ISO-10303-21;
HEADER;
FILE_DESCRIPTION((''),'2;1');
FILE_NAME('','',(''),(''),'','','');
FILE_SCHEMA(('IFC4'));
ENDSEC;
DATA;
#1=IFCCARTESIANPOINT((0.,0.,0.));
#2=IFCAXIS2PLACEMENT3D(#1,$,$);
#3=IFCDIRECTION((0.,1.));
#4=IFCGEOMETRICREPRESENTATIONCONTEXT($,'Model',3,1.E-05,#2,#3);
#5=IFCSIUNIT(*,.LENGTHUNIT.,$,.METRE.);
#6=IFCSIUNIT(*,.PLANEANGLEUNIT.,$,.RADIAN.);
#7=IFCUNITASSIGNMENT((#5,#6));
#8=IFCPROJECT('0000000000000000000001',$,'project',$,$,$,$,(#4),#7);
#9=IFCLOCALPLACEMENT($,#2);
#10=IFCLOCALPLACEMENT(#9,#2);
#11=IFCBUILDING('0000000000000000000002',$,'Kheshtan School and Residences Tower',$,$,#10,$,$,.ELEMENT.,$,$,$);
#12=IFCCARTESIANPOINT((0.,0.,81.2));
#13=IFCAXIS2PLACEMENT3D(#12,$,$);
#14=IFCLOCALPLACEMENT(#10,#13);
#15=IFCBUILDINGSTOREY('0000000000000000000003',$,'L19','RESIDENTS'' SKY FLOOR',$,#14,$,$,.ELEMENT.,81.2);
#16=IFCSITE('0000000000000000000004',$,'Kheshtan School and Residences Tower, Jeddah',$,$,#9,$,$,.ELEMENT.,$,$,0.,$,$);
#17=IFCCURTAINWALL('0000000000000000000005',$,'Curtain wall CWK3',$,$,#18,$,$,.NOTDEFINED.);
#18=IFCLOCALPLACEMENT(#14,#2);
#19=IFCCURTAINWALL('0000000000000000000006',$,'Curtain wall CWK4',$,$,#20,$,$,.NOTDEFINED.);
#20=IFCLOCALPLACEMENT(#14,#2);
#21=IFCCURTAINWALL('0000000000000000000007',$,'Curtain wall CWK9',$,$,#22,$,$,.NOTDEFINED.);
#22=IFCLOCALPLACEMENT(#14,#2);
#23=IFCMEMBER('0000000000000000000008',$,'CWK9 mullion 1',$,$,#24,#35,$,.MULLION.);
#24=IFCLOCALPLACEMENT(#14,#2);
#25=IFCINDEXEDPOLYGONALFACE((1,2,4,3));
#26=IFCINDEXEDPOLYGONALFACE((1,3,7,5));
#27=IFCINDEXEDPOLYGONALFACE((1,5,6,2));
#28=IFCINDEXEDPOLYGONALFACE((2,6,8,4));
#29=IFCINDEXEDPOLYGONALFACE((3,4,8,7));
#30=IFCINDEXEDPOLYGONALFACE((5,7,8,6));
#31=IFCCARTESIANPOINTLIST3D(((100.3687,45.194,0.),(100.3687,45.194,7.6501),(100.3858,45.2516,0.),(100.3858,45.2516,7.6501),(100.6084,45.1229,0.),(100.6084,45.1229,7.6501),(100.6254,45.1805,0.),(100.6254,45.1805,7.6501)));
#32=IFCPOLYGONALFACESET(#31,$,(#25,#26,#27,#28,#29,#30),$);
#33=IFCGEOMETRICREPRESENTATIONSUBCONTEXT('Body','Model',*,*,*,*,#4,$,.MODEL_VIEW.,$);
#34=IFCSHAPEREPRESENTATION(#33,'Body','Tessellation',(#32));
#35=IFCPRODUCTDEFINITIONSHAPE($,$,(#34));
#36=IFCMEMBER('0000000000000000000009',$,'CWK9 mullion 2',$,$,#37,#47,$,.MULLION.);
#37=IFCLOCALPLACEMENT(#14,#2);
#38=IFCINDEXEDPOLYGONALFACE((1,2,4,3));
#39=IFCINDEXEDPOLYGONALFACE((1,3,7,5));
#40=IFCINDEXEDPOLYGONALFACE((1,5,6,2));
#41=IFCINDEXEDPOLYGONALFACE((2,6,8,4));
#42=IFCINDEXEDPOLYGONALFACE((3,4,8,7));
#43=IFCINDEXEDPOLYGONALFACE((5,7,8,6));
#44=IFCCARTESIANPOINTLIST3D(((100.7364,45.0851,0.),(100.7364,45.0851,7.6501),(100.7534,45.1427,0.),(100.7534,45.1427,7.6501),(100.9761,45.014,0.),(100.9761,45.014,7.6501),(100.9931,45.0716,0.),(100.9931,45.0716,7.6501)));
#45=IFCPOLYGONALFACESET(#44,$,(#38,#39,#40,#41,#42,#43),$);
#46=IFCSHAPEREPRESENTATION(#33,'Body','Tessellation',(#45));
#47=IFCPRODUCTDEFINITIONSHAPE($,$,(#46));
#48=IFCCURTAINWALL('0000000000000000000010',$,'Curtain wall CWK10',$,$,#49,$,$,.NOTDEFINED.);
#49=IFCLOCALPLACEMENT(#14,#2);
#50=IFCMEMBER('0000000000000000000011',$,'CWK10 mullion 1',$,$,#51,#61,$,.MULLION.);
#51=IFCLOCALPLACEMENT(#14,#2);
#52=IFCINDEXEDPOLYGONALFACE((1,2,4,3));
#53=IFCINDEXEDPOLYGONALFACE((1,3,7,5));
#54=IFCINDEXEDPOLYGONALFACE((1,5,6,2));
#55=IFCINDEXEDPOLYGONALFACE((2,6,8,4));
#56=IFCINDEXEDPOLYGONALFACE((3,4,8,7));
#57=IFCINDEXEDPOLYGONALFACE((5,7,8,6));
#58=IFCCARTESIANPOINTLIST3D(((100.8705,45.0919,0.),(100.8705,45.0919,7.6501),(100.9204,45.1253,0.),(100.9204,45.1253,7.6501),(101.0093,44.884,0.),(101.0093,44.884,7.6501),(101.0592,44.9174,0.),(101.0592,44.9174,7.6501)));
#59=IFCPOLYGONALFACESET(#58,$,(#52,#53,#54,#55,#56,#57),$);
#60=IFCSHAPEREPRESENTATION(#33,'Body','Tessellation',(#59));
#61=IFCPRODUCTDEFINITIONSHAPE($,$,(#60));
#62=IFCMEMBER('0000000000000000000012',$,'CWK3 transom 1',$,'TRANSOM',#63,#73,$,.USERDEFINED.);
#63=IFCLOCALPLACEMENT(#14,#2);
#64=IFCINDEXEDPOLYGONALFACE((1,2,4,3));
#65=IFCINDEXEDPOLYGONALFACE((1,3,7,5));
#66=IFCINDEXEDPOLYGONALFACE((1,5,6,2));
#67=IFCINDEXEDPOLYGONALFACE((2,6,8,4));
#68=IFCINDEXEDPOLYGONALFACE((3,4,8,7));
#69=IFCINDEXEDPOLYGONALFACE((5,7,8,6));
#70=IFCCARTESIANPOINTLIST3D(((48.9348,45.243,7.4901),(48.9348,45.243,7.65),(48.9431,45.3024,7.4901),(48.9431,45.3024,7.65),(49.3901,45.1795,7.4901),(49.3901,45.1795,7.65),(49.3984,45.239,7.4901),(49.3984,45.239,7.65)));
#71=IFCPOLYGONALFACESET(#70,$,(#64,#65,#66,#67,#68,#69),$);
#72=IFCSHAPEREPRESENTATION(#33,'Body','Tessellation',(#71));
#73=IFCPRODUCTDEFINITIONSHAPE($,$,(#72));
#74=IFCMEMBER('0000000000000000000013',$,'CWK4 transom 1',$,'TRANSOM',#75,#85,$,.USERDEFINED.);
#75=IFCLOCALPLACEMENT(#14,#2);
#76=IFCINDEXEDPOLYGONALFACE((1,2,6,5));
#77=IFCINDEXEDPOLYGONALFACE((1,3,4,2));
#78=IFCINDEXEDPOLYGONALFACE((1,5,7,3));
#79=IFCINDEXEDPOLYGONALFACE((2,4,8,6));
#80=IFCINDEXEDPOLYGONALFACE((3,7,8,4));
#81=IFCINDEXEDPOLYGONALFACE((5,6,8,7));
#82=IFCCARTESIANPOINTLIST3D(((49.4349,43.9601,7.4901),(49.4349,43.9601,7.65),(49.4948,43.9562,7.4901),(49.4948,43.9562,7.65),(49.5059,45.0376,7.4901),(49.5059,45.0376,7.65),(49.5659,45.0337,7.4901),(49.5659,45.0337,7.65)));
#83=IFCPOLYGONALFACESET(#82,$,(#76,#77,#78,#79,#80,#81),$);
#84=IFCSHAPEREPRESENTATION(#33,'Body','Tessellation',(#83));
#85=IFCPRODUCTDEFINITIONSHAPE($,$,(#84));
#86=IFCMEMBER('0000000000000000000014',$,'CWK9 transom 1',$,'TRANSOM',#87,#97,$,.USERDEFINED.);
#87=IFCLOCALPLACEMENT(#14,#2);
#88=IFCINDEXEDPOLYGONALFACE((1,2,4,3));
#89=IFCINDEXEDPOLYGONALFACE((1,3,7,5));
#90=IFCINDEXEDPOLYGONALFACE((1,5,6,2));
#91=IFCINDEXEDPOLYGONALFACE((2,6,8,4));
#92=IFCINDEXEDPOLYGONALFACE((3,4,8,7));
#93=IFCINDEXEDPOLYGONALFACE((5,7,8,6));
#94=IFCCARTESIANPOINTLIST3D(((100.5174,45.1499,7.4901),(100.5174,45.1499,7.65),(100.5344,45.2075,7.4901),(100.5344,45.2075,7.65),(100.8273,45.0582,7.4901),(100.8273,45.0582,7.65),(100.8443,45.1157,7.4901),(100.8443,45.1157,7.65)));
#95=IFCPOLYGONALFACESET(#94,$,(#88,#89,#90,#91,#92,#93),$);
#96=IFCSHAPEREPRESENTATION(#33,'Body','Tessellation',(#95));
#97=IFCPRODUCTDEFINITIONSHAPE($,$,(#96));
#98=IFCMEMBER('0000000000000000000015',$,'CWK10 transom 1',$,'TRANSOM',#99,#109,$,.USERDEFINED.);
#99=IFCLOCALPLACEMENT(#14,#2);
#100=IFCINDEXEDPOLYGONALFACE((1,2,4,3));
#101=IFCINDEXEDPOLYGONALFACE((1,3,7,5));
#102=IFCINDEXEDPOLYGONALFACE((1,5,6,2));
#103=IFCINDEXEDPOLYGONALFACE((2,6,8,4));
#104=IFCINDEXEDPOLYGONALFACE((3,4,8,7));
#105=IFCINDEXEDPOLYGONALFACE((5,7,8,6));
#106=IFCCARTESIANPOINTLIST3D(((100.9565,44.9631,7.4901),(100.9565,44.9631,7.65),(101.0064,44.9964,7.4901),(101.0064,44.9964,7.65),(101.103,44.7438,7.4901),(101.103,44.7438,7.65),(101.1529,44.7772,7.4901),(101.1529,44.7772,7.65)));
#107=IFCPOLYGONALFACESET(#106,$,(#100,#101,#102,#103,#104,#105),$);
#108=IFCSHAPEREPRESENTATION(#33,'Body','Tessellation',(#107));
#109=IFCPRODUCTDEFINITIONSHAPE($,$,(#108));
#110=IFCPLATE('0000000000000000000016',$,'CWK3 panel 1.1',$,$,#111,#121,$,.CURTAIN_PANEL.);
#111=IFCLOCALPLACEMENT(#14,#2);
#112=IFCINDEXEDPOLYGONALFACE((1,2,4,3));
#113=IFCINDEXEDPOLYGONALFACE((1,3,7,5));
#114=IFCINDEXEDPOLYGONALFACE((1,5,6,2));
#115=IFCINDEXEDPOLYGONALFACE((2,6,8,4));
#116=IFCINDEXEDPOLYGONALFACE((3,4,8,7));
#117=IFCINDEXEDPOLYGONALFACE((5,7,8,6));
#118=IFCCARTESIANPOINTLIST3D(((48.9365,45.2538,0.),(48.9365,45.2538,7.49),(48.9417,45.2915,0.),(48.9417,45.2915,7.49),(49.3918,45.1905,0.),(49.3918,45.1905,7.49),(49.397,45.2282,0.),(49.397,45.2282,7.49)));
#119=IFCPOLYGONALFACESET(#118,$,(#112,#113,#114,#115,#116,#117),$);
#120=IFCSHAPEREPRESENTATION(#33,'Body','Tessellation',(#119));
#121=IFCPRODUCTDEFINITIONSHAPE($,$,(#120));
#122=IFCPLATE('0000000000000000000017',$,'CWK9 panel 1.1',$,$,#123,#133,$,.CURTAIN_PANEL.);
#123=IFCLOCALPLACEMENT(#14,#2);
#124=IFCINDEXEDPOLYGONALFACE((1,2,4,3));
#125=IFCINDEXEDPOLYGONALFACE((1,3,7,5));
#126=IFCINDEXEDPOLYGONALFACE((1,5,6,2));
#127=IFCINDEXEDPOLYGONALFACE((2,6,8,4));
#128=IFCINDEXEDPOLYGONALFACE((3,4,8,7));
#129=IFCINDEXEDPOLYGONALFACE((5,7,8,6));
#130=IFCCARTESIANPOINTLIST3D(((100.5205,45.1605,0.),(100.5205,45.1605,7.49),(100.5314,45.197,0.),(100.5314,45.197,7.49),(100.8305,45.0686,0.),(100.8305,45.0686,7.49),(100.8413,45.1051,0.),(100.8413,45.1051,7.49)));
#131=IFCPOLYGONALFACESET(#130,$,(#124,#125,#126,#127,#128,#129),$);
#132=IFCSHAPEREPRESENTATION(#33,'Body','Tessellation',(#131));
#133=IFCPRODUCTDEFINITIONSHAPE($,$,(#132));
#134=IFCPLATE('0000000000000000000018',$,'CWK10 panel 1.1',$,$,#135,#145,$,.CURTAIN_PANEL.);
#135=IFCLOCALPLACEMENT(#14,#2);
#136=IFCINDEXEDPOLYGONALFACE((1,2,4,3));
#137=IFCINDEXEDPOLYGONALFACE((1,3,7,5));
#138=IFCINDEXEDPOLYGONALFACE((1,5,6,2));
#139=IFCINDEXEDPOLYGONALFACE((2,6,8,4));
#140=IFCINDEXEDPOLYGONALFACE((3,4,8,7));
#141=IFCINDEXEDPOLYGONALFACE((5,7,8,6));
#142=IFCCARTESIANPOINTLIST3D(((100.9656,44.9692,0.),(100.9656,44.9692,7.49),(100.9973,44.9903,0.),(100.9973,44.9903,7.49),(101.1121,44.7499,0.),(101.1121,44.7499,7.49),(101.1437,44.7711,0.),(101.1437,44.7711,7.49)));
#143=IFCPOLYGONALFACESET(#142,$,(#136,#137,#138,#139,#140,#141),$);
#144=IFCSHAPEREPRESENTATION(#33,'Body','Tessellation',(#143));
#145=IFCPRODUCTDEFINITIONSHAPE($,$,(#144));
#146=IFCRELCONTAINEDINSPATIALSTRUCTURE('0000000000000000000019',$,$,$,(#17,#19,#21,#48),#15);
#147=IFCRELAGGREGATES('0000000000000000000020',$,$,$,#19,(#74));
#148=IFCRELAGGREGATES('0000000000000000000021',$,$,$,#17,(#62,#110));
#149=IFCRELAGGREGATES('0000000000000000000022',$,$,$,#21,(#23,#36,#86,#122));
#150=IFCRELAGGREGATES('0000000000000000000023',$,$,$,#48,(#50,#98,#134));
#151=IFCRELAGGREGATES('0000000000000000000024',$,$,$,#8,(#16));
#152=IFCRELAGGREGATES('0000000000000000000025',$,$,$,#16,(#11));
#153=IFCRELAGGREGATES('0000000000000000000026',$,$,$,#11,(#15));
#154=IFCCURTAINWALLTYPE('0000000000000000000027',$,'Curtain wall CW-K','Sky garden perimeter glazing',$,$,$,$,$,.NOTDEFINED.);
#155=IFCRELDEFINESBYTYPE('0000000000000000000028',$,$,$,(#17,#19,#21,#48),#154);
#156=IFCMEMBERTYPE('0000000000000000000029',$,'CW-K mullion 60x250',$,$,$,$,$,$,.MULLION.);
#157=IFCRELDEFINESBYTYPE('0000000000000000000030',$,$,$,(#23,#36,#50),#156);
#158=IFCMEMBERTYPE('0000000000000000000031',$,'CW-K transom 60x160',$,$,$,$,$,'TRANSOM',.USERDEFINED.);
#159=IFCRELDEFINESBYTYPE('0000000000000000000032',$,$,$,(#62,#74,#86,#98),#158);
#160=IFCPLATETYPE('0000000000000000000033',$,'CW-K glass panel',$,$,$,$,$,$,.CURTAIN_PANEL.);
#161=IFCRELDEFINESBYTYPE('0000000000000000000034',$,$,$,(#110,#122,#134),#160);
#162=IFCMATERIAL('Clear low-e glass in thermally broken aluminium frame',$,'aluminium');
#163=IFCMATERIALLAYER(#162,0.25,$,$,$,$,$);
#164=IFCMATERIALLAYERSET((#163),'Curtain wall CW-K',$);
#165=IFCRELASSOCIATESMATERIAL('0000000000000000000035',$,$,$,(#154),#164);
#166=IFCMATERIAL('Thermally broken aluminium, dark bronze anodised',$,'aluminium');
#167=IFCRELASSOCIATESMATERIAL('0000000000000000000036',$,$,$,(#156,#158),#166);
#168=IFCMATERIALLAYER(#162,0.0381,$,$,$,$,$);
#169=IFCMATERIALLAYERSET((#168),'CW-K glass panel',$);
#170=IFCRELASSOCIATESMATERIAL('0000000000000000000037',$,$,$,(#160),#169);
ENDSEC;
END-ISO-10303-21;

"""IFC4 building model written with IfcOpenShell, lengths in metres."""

from ifc_helpers import new_model, si_unit, direction, frame, origin, origin_2d, place, context, subcontext, project, spatial, rectangle, extrude, material, layer, layer_set, material_profile, profile_set, type_object, element, aggregate, save


model = new_model("IFC4")

# Units and contexts
model_context = context("Model", 3, precision=1e-05, world=origin(), true_north=direction((0.0, 1.0)))
body_context = subcontext(model_context, "Body", "Model", "MODEL_VIEW")
ifc_project = project(units=[si_unit("LENGTHUNIT", "METRE"), si_unit("PLANEANGLEUNIT", "RADIAN")], contexts=[model_context])

# Site, building, storey
site_placement = place(None, origin())
site = spatial("IfcSite", under=ifc_project, at=site_placement, Name="Kheshtan School and Residences Tower, Jeddah", CompositionType="ELEMENT", RefElevation=0.0)
building_placement = place(site_placement, origin())
building = spatial("IfcBuilding", under=site, at=building_placement, Name="Kheshtan School and Residences Tower", CompositionType="ELEMENT")
storey_placement = place(building_placement, frame((0.0, 0.0, 81.2)))
storey = spatial("IfcBuildingStorey", under=building, at=storey_placement, Name="L19", Description="RESIDENTS' SKY FLOOR", CompositionType="ELEMENT", Elevation=81.2)

# Curtain walls
ifc_material_1 = material(Name="Clear low-e glass in thermally broken aluminium frame", Category="aluminium")
ifc_layer_1 = layer(ifc_material_1, 0.25)
ifc_layer_set_1 = layer_set([ifc_layer_1], Name="Curtain wall CW-K")
curtain_wall_type = type_object("IfcCurtainWallType", Name="Curtain wall CW-K", Description="Sky garden perimeter glazing", PredefinedType="NOTDEFINED", material=ifc_layer_set_1)
ifc_material_2 = material(Name="Thermally broken aluminium, dark bronze anodised", Category="aluminium")
ifc_material_profile_1 = material_profile(ifc_material_2, rectangle(XDim=0.0601, YDim=0.25, at=origin_2d()), Name="CW-K mullion 60x250")
ifc_profile_set_1 = profile_set([ifc_material_profile_1], Name="Thermally broken aluminium, dark bronze anodised")
member_type_1 = type_object("IfcMemberType", Name="CW-K mullion 60x250", PredefinedType="MULLION", material=ifc_profile_set_1)
curtain_wall_1_placement = place(storey_placement, origin())
curtain_wall_1 = element("IfcCurtainWall", 1, at=curtain_wall_1_placement, inside=storey, type_object=curtain_wall_type, Name="Curtain wall CWK3", PredefinedType="NOTDEFINED")
curtain_wall_2_placement = place(storey_placement, origin())
curtain_wall_2 = element("IfcCurtainWall", 2, at=curtain_wall_2_placement, inside=storey, type_object=curtain_wall_type, Name="Curtain wall CWK4", PredefinedType="NOTDEFINED")

# Curtain wall, members
curtain_wall_3_placement = place(storey_placement, origin())
curtain_wall_3 = element("IfcCurtainWall", 3, at=curtain_wall_3_placement, inside=storey, type_object=curtain_wall_type, Name="Curtain wall CWK9", PredefinedType="NOTDEFINED")
member_1_placement = place(storey_placement, frame((100.4971, 45.1873, 0.0), z_axis=(0.0, 0.0, 1.0), x_axis=(0.284242, 0.958753, 0.0)))
member_1 = element("IfcMember", 4, at=member_1_placement, type_object=member_type_1, Name="CWK9 mullion 1", PredefinedType="MULLION", context=body_context, shape_type="SweptSolid", body=[
    extrude(rectangle(XDim=0.0601, YDim=0.25, at=origin_2d()), origin(), (0.0, 0.0, 1.0), 7.6501),
])
member_2_placement = place(storey_placement, frame((100.8647, 45.0784, 0.0), z_axis=(0.0, 0.0, 1.0), x_axis=(0.284242, 0.958753, 0.0)))
member_2 = element("IfcMember", 5, at=member_2_placement, type_object=member_type_1, Name="CWK9 mullion 2", PredefinedType="MULLION", context=body_context, shape_type="SweptSolid", body=[
    extrude(rectangle(XDim=0.0601, YDim=0.25, at=origin_2d()), origin(), (0.0, 0.0, 1.0), 7.6501),
])

# Curtain wall, member
curtain_wall_4_placement = place(storey_placement, origin())
curtain_wall_4 = element("IfcCurtainWall", 6, at=curtain_wall_4_placement, inside=storey, type_object=curtain_wall_type, Name="Curtain wall CWK10", PredefinedType="NOTDEFINED")
member_3_placement = place(storey_placement, frame((100.9648, 45.0046, 0.0), z_axis=(0.0, 0.0, 1.0), x_axis=(0.831649, 0.555302, 0.0)))
member_3 = element("IfcMember", 7, at=member_3_placement, type_object=member_type_1, Name="CWK10 mullion 1", PredefinedType="MULLION", context=body_context, shape_type="SweptSolid", body=[
    extrude(rectangle(XDim=0.0601, YDim=0.25, at=origin_2d()), origin(), (0.0, 0.0, 1.0), 7.6501),
])

# Members
ifc_material_profile_2 = material_profile(ifc_material_2, rectangle(XDim=0.0601, YDim=0.1599, at=origin_2d()), Name="CW-K transom 60x160")
ifc_profile_set_2 = profile_set([ifc_material_profile_2], Name="Thermally broken aluminium, dark bronze anodised")
member_type_2 = type_object("IfcMemberType", Name="CW-K transom 60x160", ElementType="TRANSOM", PredefinedType="USERDEFINED", material=ifc_profile_set_2)
member_4_placement = place(storey_placement, frame((48.939, 45.2727, 7.5701), z_axis=(0.990422, -0.138075, 0.0), x_axis=(0.138075, 0.990422, 0.0)))
member_4 = element("IfcMember", 8, at=member_4_placement, type_object=member_type_2, Name="CWK3 transom 1", ObjectType="TRANSOM", PredefinedType="USERDEFINED", context=body_context, shape_type="SweptSolid", body=[
    extrude(rectangle(XDim=0.0601, YDim=0.1599, at=origin_2d()), origin(), (0.0, 0.0, 1.0), 0.4597),
])
member_5_placement = place(storey_placement, frame((49.5359, 45.0356, 7.5701), z_axis=(-0.065799, -0.997833, 0.0), x_axis=(0.997833, -0.065799, 0.0)))
member_5 = element("IfcMember", 9, at=member_5_placement, type_object=member_type_2, Name="CWK4 transom 1", ObjectType="TRANSOM", PredefinedType="USERDEFINED", context=body_context, shape_type="SweptSolid", body=[
    extrude(rectangle(XDim=0.0601, YDim=0.1599, at=origin_2d()), origin(), (0.0, 0.0, 1.0), 1.0798),
])
aggregate(curtain_wall_2, [member_5])
member_6_placement = place(storey_placement, frame((100.5259, 45.1787, 7.5701), z_axis=(0.958859, -0.283883, 0.0), x_axis=(0.283883, 0.958859, 0.0)))
member_6 = element("IfcMember", 10, at=member_6_placement, type_object=member_type_2, Name="CWK9 transom 1", ObjectType="TRANSOM", PredefinedType="USERDEFINED", context=body_context, shape_type="SweptSolid", body=[
    extrude(rectangle(XDim=0.0601, YDim=0.1599, at=origin_2d()), origin(), (0.0, 0.0, 1.0), 0.3232),
])
member_7_placement = place(storey_placement, frame((100.9814, 44.9797, 7.5701), z_axis=(0.555555, -0.83148, 0.0), x_axis=(0.83148, 0.555555, 0.0)))
member_7 = element("IfcMember", 11, at=member_7_placement, type_object=member_type_2, Name="CWK10 transom 1", ObjectType="TRANSOM", PredefinedType="USERDEFINED", context=body_context, shape_type="SweptSolid", body=[
    extrude(rectangle(XDim=0.0601, YDim=0.1599, at=origin_2d()), origin(), (0.0, 0.0, 1.0), 0.2637),
])

# Plates
ifc_layer_2 = layer(ifc_material_1, 0.0381)
ifc_layer_set_2 = layer_set([ifc_layer_2], Name="CW-K glass panel")
plate_type = type_object("IfcPlateType", Name="CW-K glass panel", PredefinedType="CURTAIN_PANEL", material=ifc_layer_set_2)
plate_1_placement = place(storey_placement, frame((49.1667, 45.241, 0.0), z_axis=(0.0, 0.0, 1.0), x_axis=(0.990472, -0.137713, 0.0)))
plate_1 = element("IfcPlate", 12, at=plate_1_placement, type_object=plate_type, Name="CWK3 panel 1.1", PredefinedType="CURTAIN_PANEL", context=body_context, shape_type="SweptSolid", body=[
    extrude(rectangle(XDim=0.4597, YDim=0.0381, at=origin_2d()), origin(), (0.0, 0.0, 1.0), 7.49),
])
aggregate(curtain_wall_1, [member_4, plate_1])
plate_2_placement = place(storey_placement, frame((100.6809, 45.1328, 0.0), z_axis=(0.0, 0.0, 1.0), x_axis=(0.958753, -0.284242, 0.0)))
plate_2 = element("IfcPlate", 13, at=plate_2_placement, type_object=plate_type, Name="CWK9 panel 1.1", PredefinedType="CURTAIN_PANEL", context=body_context, shape_type="SweptSolid", body=[
    extrude(rectangle(XDim=0.3232, YDim=0.0381, at=origin_2d()), origin(), (0.0, 0.0, 1.0), 7.49),
])
aggregate(curtain_wall_3, [member_1, member_2, member_6, plate_2])
plate_3_placement = place(storey_placement, frame((101.0547, 44.8701, 0.0), z_axis=(0.0, 0.0, 1.0), x_axis=(0.555302, -0.831649, 0.0)))
plate_3 = element("IfcPlate", 14, at=plate_3_placement, type_object=plate_type, Name="CWK10 panel 1.1", PredefinedType="CURTAIN_PANEL", context=body_context, shape_type="SweptSolid", body=[
    extrude(rectangle(XDim=0.2637, YDim=0.0381, at=origin_2d()), origin(), (0.0, 0.0, 1.0), 7.49),
])
aggregate(curtain_wall_4, [member_3, member_7, plate_3])

save(model, "model.ifc")
